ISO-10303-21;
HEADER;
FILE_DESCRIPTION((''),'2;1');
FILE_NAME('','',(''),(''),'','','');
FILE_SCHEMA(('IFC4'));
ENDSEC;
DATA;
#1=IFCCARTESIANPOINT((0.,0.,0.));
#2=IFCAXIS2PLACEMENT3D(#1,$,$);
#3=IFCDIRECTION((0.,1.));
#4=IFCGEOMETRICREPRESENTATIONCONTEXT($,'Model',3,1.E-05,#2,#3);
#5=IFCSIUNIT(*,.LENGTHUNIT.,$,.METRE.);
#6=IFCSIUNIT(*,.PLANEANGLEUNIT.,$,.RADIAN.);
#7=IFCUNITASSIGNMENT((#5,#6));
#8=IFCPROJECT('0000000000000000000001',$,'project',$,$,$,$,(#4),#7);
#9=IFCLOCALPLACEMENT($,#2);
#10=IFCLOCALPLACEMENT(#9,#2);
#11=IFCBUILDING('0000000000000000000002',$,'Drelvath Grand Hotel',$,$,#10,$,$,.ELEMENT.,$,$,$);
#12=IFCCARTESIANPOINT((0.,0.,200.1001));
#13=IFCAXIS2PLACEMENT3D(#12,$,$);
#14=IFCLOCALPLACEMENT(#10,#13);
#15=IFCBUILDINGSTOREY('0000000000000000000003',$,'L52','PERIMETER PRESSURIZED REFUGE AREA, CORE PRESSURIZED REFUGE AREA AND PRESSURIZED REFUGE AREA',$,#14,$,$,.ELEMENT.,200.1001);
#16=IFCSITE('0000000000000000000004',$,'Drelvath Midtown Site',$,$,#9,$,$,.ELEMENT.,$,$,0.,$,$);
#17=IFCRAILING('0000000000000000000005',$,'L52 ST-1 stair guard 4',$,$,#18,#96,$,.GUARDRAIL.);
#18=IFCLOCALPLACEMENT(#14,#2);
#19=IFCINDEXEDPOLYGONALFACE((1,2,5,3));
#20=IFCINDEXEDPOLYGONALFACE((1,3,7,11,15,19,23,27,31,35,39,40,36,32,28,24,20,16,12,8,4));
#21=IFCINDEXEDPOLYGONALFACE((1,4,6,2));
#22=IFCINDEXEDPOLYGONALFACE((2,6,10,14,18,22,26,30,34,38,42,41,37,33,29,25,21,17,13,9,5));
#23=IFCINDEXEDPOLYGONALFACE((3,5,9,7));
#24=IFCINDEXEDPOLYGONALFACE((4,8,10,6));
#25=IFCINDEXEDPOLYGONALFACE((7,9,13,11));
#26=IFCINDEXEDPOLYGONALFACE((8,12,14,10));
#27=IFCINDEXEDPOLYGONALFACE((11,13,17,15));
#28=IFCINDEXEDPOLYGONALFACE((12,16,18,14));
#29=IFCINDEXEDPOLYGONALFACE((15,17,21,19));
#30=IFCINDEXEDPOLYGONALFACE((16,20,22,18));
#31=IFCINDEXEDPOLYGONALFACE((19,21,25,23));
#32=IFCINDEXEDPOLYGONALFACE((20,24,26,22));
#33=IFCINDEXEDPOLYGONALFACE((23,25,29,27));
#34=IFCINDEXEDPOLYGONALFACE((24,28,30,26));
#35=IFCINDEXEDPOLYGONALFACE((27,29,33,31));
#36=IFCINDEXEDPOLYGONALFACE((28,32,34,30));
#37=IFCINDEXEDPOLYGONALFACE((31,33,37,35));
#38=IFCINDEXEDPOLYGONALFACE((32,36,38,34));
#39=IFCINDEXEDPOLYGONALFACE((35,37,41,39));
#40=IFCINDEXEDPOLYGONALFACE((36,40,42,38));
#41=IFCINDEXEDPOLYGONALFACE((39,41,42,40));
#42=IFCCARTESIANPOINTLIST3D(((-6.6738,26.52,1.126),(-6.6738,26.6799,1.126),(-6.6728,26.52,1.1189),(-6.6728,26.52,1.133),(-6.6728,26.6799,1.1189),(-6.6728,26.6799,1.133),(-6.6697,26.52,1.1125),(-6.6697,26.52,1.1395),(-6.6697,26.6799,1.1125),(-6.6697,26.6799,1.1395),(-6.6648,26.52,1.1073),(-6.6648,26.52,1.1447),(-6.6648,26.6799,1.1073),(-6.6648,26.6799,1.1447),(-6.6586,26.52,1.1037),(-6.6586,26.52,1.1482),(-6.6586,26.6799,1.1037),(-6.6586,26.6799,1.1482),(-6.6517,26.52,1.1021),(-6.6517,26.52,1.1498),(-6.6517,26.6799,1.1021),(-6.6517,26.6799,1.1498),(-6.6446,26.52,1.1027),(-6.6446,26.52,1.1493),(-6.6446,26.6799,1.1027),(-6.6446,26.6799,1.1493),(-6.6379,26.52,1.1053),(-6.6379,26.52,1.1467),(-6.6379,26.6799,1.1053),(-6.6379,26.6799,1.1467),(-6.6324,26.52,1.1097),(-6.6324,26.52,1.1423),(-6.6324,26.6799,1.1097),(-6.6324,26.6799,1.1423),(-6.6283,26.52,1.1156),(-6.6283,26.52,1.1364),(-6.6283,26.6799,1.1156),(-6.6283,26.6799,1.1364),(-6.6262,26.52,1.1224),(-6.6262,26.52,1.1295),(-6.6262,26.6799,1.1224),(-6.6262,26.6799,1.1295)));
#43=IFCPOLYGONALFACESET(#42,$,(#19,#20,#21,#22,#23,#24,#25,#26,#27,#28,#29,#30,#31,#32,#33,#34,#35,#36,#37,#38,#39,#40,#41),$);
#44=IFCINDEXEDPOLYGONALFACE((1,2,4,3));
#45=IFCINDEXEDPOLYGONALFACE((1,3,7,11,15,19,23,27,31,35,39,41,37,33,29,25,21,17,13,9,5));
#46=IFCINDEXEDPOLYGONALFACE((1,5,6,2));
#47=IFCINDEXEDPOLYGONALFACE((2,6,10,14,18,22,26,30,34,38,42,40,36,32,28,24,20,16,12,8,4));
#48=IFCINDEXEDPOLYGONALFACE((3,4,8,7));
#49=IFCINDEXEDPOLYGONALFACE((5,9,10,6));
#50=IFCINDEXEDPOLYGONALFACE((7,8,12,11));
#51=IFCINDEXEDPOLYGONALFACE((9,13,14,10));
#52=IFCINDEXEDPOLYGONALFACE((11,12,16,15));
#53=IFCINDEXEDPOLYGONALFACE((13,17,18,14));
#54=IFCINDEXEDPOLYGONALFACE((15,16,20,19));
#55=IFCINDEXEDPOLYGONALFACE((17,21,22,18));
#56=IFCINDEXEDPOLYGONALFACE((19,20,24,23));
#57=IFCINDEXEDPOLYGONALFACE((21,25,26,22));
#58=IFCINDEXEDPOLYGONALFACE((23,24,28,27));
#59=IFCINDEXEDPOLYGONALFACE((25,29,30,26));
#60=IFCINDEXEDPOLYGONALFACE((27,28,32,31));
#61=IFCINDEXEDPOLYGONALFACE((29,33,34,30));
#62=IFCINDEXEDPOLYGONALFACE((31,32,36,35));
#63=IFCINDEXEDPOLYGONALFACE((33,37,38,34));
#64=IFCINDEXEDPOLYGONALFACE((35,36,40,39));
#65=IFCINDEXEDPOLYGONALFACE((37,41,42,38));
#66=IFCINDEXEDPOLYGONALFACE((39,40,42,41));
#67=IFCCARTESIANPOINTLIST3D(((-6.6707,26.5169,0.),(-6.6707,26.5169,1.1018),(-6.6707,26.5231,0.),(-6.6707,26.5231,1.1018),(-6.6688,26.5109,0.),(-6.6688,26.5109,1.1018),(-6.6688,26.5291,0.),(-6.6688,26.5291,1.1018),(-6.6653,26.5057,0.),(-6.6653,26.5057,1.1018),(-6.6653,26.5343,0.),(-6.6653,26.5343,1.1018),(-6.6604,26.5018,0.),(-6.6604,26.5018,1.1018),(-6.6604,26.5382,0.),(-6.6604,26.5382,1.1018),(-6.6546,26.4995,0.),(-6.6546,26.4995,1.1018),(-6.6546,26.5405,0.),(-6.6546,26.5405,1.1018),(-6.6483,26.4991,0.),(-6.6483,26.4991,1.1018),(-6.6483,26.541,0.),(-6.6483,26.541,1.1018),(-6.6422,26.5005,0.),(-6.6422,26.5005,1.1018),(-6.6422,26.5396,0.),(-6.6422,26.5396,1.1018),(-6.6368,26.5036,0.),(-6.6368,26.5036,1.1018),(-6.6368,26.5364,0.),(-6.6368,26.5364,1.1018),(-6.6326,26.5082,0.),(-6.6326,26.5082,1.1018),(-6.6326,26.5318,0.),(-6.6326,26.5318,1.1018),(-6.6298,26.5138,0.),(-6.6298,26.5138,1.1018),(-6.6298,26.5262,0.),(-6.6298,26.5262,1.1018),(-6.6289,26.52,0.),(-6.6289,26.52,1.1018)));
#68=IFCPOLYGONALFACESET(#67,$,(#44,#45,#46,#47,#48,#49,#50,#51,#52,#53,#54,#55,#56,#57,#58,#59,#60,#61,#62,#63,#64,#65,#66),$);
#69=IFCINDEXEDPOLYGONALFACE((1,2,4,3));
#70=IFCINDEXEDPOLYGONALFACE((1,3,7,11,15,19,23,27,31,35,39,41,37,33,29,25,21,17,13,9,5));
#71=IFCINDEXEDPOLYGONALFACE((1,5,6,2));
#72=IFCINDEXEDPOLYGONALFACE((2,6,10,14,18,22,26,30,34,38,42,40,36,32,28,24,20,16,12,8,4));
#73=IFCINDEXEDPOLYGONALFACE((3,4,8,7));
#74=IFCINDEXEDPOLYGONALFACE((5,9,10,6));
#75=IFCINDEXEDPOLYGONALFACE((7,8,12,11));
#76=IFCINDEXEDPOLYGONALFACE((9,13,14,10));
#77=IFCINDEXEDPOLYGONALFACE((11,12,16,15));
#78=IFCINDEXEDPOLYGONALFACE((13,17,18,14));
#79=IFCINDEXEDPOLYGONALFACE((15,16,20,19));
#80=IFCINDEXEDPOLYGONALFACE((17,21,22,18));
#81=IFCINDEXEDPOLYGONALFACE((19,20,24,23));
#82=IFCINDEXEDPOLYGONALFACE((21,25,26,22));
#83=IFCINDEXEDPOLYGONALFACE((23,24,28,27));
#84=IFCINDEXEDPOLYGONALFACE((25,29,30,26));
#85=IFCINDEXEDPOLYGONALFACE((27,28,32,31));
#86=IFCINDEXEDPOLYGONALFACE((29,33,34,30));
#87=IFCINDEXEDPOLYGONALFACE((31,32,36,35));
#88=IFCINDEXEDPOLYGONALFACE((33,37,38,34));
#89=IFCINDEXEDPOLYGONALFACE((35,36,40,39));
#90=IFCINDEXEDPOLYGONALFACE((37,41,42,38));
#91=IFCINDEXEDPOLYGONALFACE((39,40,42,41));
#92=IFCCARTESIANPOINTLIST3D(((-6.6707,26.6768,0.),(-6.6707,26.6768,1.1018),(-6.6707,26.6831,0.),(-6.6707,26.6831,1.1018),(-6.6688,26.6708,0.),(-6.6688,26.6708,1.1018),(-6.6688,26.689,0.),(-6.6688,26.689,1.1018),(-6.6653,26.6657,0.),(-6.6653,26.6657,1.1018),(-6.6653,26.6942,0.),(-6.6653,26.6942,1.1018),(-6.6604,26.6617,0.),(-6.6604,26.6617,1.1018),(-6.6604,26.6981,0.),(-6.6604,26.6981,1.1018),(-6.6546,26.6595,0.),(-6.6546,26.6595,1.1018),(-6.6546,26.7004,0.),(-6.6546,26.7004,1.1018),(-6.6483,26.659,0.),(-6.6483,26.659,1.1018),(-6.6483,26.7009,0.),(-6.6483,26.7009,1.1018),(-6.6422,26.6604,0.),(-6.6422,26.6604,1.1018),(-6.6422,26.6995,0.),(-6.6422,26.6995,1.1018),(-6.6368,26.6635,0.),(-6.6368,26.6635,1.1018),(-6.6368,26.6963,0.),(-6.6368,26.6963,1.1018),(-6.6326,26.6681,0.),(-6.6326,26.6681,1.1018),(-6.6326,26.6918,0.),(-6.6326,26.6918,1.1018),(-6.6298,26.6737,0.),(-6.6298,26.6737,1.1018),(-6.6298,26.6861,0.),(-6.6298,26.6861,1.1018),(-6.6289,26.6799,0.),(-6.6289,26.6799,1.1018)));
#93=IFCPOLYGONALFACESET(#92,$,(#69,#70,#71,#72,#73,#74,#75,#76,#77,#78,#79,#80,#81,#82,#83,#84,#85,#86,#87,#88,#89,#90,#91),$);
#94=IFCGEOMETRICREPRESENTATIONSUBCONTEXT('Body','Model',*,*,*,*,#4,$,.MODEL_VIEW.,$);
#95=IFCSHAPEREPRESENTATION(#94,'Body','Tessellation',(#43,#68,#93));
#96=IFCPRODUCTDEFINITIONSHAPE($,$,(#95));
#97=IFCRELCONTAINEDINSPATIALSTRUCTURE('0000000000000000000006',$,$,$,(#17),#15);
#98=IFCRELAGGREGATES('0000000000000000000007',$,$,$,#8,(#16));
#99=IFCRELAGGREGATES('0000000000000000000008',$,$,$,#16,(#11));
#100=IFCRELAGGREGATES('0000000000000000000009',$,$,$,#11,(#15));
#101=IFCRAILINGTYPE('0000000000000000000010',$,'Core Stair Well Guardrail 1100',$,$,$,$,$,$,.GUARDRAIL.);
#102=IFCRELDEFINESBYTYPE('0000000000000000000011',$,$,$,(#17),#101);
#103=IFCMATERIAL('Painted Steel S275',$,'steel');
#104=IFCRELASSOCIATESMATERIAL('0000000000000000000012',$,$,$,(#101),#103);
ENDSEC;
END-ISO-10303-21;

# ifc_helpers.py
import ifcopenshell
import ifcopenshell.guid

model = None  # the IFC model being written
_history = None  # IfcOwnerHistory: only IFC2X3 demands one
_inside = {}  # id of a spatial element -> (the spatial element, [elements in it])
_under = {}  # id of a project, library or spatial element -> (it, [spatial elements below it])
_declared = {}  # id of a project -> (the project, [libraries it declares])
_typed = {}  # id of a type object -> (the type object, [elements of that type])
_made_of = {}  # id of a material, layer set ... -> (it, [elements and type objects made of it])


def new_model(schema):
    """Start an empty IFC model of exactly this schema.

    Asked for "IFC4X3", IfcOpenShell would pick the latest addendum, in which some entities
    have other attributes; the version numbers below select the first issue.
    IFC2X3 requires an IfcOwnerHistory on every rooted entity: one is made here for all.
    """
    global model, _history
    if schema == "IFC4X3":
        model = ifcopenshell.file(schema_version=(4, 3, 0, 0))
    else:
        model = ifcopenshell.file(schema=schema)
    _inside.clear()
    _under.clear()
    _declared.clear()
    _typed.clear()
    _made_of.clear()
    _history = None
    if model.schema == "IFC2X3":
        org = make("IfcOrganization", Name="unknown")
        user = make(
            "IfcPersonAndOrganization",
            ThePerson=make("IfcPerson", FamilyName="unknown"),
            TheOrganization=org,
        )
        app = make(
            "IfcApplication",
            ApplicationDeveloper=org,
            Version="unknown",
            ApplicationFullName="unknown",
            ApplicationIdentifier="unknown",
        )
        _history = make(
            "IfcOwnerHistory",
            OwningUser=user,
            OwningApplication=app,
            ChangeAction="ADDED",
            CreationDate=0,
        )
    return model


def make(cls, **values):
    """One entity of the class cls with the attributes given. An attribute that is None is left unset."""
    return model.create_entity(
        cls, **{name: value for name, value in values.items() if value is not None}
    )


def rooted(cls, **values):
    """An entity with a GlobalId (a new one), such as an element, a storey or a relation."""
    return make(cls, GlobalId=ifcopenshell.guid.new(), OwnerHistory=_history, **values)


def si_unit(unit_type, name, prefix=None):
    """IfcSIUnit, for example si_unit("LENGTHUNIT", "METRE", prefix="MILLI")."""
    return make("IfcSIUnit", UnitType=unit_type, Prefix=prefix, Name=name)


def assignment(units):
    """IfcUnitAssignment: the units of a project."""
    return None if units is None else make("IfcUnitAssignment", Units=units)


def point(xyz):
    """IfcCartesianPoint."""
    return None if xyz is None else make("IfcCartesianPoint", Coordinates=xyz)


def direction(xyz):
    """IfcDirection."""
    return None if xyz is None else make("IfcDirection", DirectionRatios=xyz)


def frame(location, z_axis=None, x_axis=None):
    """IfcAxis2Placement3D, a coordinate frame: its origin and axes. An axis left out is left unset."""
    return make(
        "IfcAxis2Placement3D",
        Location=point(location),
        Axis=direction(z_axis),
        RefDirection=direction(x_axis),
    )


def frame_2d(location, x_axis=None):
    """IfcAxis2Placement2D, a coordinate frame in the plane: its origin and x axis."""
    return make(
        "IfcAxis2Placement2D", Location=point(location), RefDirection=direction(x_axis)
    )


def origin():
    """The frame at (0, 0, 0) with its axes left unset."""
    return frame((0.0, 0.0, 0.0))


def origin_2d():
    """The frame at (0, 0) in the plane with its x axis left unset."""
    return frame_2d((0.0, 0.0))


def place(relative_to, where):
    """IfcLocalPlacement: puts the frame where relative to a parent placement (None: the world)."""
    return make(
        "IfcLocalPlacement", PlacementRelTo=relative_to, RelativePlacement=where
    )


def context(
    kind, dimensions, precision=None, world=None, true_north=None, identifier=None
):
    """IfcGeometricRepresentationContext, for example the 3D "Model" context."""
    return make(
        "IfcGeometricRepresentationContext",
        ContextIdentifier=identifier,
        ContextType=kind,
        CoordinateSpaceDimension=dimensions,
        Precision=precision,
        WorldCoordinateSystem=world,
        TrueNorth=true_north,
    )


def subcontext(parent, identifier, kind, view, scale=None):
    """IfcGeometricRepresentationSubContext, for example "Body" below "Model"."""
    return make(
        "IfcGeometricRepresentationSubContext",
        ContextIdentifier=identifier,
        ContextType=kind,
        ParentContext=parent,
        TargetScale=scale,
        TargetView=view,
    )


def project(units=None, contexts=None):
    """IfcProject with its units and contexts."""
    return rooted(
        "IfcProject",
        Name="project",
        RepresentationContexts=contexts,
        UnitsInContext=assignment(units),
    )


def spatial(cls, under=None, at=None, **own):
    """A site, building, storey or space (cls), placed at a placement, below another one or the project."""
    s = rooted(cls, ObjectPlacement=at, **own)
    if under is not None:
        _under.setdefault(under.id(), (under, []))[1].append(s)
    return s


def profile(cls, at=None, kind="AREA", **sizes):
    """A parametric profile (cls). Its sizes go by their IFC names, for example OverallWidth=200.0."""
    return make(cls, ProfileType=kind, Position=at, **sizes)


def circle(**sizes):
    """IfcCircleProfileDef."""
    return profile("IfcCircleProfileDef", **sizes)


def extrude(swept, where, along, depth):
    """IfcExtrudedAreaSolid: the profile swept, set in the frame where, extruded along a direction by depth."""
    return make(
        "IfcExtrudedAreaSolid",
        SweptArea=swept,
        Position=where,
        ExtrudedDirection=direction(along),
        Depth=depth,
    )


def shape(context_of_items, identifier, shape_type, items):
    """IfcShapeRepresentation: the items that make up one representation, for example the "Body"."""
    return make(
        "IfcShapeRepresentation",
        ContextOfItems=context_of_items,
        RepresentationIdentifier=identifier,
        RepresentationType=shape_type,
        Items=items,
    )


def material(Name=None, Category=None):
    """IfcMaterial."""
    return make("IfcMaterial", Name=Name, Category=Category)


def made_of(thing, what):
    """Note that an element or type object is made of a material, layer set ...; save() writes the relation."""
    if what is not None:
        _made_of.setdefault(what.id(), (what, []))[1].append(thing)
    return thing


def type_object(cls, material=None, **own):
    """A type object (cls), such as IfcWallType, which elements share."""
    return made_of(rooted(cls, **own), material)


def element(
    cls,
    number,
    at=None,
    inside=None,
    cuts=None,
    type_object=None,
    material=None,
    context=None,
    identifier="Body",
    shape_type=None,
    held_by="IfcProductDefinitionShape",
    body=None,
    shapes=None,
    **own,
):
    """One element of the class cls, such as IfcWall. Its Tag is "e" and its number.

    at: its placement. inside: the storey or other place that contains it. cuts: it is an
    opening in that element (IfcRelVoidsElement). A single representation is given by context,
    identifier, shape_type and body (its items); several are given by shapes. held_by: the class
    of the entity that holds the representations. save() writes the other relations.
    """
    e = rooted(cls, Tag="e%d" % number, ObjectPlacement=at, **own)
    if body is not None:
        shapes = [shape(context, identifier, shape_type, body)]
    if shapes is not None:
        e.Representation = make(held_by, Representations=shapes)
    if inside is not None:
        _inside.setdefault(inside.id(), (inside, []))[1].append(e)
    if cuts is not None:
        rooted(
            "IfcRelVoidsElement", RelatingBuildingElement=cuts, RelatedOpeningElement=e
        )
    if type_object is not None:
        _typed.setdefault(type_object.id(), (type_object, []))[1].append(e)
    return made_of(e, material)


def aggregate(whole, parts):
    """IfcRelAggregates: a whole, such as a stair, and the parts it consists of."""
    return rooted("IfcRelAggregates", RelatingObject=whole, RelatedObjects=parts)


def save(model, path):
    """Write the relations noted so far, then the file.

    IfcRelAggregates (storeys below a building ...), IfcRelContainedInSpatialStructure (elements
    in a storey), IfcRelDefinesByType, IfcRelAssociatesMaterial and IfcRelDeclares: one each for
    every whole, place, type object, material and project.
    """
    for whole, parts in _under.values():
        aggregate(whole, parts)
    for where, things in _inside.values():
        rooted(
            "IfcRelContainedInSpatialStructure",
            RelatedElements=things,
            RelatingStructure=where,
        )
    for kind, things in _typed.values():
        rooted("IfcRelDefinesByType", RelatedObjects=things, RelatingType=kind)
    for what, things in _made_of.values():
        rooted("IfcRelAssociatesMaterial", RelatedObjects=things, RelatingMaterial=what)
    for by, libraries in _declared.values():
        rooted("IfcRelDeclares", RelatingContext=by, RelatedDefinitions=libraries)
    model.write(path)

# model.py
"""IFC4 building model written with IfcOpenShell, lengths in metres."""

from ifc_helpers import new_model, si_unit, direction, frame, origin, origin_2d, place, context, subcontext, project, spatial, circle, extrude, material, type_object, element, save


model = new_model("IFC4")

# Units and contexts
model_context = context("Model", 3, precision=1e-05, world=origin(), true_north=direction((0.0, 1.0)))
body_context = subcontext(model_context, "Body", "Model", "MODEL_VIEW")
ifc_project = project(units=[si_unit("LENGTHUNIT", "METRE"), si_unit("PLANEANGLEUNIT", "RADIAN")], contexts=[model_context])

# Site, building, storey
site_placement = place(None, origin())
site = spatial("IfcSite", under=ifc_project, at=site_placement, Name="Drelvath Midtown Site", CompositionType="ELEMENT", RefElevation=0.0)
building_placement = place(site_placement, origin())
building = spatial("IfcBuilding", under=site, at=building_placement, Name="Drelvath Grand Hotel", CompositionType="ELEMENT")
storey_placement = place(building_placement, frame((0.0, 0.0, 200.1001)))
storey = spatial("IfcBuildingStorey", under=building, at=storey_placement, Name="L52", Description="PERIMETER PRESSURIZED REFUGE AREA, CORE PRESSURIZED REFUGE AREA AND PRESSURIZED REFUGE AREA", CompositionType="ELEMENT", Elevation=200.1001)

# Shared definitions
ifc_material_1 = material(Name="Painted Steel S275", Category="steel")

# Railing
railing_type_1 = type_object("IfcRailingType", Name="Core Stair Well Guardrail 1100", PredefinedType="GUARDRAIL", material=ifc_material_1)
railing_1_placement = place(storey_placement, frame((-6.6499, 26.52, 0.0)))
element("IfcRailing", 1, at=railing_1_placement, inside=storey, type_object=railing_type_1, Name="L52 ST-1 stair guard 4", PredefinedType="GUARDRAIL", context=body_context, shape_type="SweptSolid", body=[
    extrude(circle(Radius=0.0239, at=origin_2d()), frame((0.0, 0.0, 1.126), z_axis=(0.0, 1.0, 0.0), x_axis=(-1.0, 0.0, 0.0)), (0.0, 0.0, 1.0), 0.1599),
    extrude(circle(Radius=0.021, at=origin_2d()), origin(), (0.0, 0.0, 1.0), 1.1018),
    extrude(circle(Radius=0.021, at=origin_2d()), frame((0.0, 0.1599, 0.0)), (0.0, 0.0, 1.0), 1.1018),
])

save(model, "model.ifc")
